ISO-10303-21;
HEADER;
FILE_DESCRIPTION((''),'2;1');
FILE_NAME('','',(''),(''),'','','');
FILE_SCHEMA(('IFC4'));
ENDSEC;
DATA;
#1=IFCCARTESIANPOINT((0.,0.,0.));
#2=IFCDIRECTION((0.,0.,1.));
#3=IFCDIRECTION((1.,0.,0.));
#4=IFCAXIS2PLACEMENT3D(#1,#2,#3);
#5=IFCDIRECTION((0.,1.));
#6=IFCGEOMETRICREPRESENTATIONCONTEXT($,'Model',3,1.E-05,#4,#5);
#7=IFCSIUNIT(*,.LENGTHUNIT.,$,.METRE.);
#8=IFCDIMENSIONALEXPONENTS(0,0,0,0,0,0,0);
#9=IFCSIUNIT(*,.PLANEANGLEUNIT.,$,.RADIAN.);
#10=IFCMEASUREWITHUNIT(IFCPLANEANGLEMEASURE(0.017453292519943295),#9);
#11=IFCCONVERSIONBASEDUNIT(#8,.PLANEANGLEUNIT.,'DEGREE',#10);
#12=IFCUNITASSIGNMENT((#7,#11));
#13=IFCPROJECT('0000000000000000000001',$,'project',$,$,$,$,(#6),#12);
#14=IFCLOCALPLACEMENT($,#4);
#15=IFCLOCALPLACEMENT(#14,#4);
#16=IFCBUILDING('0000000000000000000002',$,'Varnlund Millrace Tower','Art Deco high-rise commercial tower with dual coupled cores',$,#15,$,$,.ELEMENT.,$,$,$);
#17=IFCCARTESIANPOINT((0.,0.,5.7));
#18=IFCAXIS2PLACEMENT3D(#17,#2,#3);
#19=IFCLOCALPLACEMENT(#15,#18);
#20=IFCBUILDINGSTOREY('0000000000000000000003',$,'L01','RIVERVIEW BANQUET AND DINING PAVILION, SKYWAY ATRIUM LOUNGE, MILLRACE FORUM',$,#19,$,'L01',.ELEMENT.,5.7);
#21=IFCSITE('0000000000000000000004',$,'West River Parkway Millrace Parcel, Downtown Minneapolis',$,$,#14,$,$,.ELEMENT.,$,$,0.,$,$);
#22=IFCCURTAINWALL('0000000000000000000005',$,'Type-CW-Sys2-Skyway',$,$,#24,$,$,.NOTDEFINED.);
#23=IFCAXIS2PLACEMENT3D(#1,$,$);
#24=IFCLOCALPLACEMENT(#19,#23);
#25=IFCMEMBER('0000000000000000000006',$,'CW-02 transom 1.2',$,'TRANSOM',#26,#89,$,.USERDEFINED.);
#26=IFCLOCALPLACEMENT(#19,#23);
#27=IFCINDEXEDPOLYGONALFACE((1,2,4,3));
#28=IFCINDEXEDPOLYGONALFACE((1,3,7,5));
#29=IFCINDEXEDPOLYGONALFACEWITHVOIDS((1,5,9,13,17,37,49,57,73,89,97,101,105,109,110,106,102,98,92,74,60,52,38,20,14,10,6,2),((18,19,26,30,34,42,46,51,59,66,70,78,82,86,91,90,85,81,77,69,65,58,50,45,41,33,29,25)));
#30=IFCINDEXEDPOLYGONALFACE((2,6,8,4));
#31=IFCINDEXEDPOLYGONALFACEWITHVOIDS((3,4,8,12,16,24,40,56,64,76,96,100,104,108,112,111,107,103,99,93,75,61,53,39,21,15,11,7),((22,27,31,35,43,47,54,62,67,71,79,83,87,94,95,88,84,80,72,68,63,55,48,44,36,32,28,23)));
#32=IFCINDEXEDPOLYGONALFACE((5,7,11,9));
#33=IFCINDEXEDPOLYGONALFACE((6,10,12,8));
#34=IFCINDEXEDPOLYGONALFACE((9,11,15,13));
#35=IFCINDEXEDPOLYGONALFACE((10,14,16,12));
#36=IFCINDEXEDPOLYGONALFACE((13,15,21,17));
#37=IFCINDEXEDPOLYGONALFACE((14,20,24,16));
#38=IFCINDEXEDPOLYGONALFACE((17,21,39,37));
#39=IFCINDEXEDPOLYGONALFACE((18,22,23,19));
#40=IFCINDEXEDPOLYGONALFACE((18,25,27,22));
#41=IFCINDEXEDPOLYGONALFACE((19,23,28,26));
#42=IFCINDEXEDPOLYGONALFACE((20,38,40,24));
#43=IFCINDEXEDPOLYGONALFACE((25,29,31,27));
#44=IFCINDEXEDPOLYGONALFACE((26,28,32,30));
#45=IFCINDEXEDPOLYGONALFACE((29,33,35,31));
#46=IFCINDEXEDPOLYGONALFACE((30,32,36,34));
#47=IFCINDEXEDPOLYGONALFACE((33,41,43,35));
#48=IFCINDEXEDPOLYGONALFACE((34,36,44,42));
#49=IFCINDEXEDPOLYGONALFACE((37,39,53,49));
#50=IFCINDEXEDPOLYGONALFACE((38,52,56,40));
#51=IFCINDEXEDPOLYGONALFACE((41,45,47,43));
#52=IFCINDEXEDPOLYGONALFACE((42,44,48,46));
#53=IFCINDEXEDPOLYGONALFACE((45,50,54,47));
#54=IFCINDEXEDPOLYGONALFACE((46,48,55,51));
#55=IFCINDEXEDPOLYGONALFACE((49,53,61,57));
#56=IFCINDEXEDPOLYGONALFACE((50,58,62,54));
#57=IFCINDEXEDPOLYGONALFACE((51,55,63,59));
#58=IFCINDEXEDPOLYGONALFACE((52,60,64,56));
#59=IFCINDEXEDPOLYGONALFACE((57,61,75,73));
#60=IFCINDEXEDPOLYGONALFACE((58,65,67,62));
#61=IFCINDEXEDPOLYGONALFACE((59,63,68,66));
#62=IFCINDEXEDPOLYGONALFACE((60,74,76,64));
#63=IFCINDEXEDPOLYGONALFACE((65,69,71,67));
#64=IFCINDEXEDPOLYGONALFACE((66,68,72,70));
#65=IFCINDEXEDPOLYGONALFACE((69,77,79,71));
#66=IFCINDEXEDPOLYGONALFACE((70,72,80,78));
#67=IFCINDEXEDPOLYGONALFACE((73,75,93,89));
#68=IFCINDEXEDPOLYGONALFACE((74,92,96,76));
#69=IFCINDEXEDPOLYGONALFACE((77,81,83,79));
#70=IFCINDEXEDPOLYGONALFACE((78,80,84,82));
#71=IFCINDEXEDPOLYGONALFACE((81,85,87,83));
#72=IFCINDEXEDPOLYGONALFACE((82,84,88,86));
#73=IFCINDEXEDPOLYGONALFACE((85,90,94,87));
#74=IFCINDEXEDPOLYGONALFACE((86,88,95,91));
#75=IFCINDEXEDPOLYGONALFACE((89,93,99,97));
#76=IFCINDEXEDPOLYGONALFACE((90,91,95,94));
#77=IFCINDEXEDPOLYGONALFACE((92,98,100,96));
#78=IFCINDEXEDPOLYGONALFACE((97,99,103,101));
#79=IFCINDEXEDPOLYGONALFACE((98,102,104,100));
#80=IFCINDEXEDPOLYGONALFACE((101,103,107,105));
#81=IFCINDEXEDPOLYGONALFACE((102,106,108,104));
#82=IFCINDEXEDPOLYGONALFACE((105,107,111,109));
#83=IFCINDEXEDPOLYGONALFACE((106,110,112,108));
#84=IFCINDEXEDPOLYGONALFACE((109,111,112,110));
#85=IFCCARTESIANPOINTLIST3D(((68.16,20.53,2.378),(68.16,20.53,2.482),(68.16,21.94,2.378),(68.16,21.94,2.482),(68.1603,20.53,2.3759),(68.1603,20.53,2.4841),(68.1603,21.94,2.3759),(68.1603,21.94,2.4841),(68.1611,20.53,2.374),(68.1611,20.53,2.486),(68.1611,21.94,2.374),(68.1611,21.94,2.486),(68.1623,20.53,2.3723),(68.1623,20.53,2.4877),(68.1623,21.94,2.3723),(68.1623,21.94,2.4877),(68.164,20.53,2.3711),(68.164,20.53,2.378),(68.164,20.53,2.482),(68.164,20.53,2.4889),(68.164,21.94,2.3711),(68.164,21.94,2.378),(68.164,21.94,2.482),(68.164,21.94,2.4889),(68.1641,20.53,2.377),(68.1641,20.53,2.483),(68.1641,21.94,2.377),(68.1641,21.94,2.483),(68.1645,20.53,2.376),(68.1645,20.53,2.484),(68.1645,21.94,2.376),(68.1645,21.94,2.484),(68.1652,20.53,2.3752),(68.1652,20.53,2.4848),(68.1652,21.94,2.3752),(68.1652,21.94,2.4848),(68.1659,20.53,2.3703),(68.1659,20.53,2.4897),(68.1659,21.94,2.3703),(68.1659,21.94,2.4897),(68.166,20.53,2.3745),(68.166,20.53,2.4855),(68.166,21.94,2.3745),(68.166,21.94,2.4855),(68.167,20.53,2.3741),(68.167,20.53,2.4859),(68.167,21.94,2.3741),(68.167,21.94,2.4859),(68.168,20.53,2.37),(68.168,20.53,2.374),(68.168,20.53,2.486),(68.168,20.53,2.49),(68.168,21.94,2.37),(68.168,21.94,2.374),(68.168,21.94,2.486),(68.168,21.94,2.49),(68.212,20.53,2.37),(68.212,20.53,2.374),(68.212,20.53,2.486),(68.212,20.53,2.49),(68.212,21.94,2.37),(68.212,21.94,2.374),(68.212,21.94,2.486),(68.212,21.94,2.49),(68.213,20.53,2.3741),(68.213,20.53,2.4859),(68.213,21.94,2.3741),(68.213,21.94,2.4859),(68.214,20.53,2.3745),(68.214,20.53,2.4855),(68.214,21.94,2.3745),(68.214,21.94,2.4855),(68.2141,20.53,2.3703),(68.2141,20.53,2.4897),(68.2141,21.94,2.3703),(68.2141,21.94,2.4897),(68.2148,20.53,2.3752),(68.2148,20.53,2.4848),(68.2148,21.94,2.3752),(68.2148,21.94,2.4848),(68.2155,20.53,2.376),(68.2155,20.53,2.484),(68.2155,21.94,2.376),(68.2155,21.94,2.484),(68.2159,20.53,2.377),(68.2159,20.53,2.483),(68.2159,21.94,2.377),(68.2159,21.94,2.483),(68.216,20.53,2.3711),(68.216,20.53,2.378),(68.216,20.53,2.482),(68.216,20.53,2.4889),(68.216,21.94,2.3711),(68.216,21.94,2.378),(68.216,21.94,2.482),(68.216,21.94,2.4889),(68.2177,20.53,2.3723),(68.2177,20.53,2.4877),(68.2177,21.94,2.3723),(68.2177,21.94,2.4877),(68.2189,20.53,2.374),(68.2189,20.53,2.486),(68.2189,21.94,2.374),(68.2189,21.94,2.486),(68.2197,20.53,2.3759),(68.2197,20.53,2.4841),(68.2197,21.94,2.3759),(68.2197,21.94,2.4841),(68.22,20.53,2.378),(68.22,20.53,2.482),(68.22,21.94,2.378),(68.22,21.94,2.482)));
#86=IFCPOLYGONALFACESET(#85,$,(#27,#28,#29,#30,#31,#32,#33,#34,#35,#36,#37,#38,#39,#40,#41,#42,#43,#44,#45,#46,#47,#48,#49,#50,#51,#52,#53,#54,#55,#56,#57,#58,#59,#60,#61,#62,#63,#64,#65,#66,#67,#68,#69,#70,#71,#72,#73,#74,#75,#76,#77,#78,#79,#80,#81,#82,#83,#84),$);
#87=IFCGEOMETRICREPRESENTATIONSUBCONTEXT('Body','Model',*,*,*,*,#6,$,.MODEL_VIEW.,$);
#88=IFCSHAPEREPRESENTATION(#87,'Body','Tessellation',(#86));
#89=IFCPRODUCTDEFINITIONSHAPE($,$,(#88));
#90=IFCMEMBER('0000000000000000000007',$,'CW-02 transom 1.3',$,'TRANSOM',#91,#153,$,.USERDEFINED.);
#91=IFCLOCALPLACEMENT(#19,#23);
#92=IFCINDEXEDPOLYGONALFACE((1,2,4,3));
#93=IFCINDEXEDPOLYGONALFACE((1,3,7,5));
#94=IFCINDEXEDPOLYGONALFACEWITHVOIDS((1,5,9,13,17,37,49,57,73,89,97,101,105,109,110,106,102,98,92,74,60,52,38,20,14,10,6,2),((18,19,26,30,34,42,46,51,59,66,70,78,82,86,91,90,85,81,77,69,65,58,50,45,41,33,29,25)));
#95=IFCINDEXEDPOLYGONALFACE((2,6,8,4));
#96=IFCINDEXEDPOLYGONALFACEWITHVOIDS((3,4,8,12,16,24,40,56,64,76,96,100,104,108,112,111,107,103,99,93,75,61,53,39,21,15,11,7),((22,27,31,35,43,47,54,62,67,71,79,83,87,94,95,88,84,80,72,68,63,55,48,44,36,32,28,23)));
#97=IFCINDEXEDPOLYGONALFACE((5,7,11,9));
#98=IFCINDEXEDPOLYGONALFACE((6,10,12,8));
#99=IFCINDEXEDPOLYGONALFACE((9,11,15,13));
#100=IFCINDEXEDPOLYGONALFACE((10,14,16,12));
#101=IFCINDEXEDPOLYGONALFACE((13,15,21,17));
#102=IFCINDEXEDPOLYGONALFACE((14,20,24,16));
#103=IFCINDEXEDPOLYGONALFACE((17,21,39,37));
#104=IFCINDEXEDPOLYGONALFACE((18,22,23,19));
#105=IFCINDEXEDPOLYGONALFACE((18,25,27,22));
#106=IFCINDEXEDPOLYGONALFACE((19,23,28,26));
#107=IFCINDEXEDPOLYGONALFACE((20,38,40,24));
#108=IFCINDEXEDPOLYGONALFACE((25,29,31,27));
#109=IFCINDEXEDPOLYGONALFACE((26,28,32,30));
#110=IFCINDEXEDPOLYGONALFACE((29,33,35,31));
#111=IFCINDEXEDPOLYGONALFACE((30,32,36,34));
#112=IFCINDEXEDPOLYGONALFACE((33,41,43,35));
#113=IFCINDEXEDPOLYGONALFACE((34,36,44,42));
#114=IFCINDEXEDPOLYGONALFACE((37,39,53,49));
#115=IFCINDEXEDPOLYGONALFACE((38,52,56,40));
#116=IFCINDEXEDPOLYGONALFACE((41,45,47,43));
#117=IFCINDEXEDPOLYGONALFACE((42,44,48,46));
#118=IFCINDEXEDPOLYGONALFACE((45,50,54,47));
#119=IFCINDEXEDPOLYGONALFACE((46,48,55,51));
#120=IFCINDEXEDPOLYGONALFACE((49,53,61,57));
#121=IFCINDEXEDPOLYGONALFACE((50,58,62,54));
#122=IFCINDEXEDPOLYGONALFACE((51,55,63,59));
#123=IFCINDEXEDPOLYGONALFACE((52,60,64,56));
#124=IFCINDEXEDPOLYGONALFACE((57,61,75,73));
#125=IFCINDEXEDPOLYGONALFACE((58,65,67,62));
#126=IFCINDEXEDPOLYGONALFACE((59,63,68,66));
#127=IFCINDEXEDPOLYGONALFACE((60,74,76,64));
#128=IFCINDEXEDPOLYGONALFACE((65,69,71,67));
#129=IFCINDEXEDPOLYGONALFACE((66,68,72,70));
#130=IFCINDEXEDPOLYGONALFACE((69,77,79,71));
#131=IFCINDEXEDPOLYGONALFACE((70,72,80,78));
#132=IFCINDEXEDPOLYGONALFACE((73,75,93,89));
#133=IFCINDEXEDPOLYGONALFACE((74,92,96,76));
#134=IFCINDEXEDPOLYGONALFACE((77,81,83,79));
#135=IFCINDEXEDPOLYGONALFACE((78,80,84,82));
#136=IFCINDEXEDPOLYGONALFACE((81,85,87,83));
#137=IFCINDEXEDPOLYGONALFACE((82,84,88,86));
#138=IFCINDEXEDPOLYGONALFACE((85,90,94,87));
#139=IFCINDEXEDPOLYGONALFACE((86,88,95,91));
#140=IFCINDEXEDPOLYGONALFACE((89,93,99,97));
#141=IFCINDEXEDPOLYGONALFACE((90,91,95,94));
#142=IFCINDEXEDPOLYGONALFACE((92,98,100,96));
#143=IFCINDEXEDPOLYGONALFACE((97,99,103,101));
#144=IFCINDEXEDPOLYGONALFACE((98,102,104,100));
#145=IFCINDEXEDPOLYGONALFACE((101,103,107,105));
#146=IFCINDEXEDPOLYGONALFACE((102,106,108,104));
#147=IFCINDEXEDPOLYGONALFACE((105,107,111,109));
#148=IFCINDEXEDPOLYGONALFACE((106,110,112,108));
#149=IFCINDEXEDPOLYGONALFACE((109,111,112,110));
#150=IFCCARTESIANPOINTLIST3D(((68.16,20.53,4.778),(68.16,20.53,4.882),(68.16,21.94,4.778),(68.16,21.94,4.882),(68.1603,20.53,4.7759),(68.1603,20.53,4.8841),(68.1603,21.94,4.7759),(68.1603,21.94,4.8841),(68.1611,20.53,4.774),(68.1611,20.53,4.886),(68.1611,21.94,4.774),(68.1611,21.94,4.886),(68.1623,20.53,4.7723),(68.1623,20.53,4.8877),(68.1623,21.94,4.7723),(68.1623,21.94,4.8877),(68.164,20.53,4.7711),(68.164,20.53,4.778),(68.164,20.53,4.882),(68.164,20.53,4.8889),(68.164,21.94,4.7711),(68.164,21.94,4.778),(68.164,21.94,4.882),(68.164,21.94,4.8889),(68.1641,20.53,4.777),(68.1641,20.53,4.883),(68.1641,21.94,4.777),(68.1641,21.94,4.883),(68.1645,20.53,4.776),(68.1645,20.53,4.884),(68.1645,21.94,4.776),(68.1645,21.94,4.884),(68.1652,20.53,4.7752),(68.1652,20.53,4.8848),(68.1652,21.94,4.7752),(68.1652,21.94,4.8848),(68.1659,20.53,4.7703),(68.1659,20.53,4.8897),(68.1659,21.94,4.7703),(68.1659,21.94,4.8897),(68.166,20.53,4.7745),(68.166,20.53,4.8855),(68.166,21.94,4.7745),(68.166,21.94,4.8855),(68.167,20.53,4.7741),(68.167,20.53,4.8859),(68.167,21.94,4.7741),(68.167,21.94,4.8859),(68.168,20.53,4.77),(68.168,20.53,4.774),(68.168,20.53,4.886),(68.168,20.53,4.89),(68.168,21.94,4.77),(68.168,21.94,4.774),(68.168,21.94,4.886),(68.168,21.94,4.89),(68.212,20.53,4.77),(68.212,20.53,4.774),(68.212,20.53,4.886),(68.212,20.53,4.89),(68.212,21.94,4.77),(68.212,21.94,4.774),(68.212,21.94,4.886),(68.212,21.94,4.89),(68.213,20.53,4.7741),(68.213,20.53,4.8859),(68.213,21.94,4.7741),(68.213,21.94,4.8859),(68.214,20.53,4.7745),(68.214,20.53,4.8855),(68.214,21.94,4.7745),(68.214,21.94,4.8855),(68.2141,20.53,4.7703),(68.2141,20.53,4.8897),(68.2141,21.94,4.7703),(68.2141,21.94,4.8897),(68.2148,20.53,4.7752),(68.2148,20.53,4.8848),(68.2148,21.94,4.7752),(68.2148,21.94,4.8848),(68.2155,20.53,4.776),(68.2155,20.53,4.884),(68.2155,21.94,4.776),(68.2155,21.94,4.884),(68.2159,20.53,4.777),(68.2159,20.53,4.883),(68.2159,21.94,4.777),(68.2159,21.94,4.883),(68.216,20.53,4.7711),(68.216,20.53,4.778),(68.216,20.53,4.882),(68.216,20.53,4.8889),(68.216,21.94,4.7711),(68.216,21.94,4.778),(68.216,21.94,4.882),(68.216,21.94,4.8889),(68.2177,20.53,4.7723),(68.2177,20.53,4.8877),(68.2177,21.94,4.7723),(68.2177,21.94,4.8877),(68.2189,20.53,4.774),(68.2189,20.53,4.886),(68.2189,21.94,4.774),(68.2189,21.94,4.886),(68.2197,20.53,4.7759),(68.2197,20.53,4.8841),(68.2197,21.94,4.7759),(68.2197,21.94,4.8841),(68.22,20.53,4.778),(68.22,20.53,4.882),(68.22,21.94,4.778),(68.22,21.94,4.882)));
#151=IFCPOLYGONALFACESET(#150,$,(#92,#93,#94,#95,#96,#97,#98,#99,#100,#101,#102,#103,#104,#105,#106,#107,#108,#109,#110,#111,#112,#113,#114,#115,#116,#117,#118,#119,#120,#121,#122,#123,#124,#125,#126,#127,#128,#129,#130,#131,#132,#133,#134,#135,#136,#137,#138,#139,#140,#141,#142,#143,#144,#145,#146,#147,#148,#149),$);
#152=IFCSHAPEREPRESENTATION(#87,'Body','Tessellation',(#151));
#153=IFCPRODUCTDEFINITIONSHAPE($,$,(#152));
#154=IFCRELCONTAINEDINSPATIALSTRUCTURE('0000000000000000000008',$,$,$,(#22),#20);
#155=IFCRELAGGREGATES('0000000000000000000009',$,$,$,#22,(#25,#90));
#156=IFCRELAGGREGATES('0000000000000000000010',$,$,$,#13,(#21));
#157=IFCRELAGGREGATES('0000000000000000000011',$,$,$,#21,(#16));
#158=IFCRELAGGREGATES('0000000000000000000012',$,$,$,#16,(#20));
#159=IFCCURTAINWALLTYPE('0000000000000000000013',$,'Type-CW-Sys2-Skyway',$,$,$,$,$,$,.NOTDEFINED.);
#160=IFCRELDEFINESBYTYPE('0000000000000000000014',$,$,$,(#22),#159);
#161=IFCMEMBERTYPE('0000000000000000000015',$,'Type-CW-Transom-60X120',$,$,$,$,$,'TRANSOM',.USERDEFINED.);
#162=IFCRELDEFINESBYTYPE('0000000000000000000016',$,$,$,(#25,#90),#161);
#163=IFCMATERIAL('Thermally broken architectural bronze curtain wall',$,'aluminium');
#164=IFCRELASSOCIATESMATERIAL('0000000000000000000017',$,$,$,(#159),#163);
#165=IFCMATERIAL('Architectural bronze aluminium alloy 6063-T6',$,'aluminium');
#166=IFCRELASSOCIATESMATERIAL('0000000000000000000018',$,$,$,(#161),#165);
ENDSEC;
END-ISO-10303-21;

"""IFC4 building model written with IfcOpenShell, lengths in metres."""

from ifc_helpers import new_model, entity, si_unit, converted_unit, direction, frame, origin_with_axes, origin_2d_with_axis, place, context, subcontext, project, spatial, hollow_rectangle, extrude, material, material_profile, profile_set, type_object, element, aggregate, save


model = new_model("IFC4")

# Units and contexts
model_context = context("Model", 3, precision=1e-05, world=origin_with_axes(), true_north=direction((0.0, 1.0)))
body_context = subcontext(model_context, "Body", "Model", "MODEL_VIEW")
ifc_project = project(units=[si_unit("LENGTHUNIT", "METRE"), converted_unit("PLANEANGLEUNIT", "DEGREE", entity("IfcPlaneAngleMeasure", 0.017453292519943295), si_unit("PLANEANGLEUNIT", "RADIAN"), dimensions=[0, 0, 0, 0, 0, 0, 0])], contexts=[model_context])

# Site, building, storey
site_placement = place(None, origin_with_axes())
site = spatial("IfcSite", under=ifc_project, at=site_placement, Name="West River Parkway Millrace Parcel, Downtown Minneapolis", CompositionType="ELEMENT", RefElevation=0.0)
building_placement = place(site_placement, origin_with_axes())
building = spatial("IfcBuilding", under=site, at=building_placement, Name="Varnlund Millrace Tower", Description="Art Deco high-rise commercial tower with dual coupled cores", CompositionType="ELEMENT")
storey_placement = place(building_placement, frame((0.0, 0.0, 5.7), z_axis=(0.0, 0.0, 1.0), x_axis=(1.0, 0.0, 0.0)))
storey = spatial("IfcBuildingStorey", under=building, at=storey_placement, Name="L01", Description="RIVERVIEW BANQUET AND DINING PAVILION, SKYWAY ATRIUM LOUNGE, MILLRACE FORUM", LongName="L01", CompositionType="ELEMENT", Elevation=5.7)

# Shared definitions
ifc_material_1 = material(Name="Thermally broken architectural bronze curtain wall", Category="aluminium")
curtain_wall_type = type_object("IfcCurtainWallType", Name="Type-CW-Sys2-Skyway", PredefinedType="NOTDEFINED", material=ifc_material_1)
ifc_material_2 = material(Name="Architectural bronze aluminium alloy 6063-T6", Category="aluminium")

# Curtain wall
curtain_wall_1_placement = place(storey_placement, frame((68.19, 22.0, 0.0), z_axis=(0.0, 0.0, 1.0), x_axis=(1.0, 0.0, 0.0)))
curtain_wall_1 = element("IfcCurtainWall", 1, at=curtain_wall_1_placement, inside=storey, type_object=curtain_wall_type, Name="Type-CW-Sys2-Skyway", PredefinedType="NOTDEFINED")

# Members
ifc_material_profile_1 = material_profile(ifc_material_2, hollow_rectangle(XDim=0.06, YDim=0.12, WallThickness=0.004, InnerFilletRadius=0.004, OuterFilletRadius=0.008, at=origin_2d_with_axis()), Name="Architectural bronze aluminium alloy 6063-T6")
ifc_profile_set_1 = profile_set([ifc_material_profile_1], Name="Architectural bronze aluminium alloy 6063-T6")
member_type_1 = type_object("IfcMemberType", Name="Type-CW-Transom-60X120", ElementType="TRANSOM", PredefinedType="USERDEFINED", material=ifc_profile_set_1)
member_1_placement = place(storey_placement, frame((68.19, 21.94, 2.43), z_axis=(0.0, -1.0, 0.0), x_axis=(1.0, 0.0, 0.0)))
member_1 = element("IfcMember", 2, at=member_1_placement, type_object=member_type_1, Name="CW-02 transom 1.2", ObjectType="TRANSOM", PredefinedType="USERDEFINED", context=body_context, shape_type="SweptSolid", body=[
    extrude(hollow_rectangle(XDim=0.06, YDim=0.12, WallThickness=0.004, InnerFilletRadius=0.004, OuterFilletRadius=0.008, at=origin_2d_with_axis()), origin_with_axes(), (0.0, 0.0, 1.0), 1.41),
])
member_2_placement = place(storey_placement, frame((68.19, 21.94, 4.83), z_axis=(0.0, -1.0, 0.0), x_axis=(1.0, 0.0, 0.0)))
member_2 = element("IfcMember", 3, at=member_2_placement, type_object=member_type_1, Name="CW-02 transom 1.3", ObjectType="TRANSOM", PredefinedType="USERDEFINED", context=body_context, shape_type="SweptSolid", body=[
    extrude(hollow_rectangle(XDim=0.06, YDim=0.12, WallThickness=0.004, InnerFilletRadius=0.004, OuterFilletRadius=0.008, at=origin_2d_with_axis()), origin_with_axes(), (0.0, 0.0, 1.0), 1.41),
])

aggregate(curtain_wall_1, [member_1, member_2])

save(model, "model.ifc")
